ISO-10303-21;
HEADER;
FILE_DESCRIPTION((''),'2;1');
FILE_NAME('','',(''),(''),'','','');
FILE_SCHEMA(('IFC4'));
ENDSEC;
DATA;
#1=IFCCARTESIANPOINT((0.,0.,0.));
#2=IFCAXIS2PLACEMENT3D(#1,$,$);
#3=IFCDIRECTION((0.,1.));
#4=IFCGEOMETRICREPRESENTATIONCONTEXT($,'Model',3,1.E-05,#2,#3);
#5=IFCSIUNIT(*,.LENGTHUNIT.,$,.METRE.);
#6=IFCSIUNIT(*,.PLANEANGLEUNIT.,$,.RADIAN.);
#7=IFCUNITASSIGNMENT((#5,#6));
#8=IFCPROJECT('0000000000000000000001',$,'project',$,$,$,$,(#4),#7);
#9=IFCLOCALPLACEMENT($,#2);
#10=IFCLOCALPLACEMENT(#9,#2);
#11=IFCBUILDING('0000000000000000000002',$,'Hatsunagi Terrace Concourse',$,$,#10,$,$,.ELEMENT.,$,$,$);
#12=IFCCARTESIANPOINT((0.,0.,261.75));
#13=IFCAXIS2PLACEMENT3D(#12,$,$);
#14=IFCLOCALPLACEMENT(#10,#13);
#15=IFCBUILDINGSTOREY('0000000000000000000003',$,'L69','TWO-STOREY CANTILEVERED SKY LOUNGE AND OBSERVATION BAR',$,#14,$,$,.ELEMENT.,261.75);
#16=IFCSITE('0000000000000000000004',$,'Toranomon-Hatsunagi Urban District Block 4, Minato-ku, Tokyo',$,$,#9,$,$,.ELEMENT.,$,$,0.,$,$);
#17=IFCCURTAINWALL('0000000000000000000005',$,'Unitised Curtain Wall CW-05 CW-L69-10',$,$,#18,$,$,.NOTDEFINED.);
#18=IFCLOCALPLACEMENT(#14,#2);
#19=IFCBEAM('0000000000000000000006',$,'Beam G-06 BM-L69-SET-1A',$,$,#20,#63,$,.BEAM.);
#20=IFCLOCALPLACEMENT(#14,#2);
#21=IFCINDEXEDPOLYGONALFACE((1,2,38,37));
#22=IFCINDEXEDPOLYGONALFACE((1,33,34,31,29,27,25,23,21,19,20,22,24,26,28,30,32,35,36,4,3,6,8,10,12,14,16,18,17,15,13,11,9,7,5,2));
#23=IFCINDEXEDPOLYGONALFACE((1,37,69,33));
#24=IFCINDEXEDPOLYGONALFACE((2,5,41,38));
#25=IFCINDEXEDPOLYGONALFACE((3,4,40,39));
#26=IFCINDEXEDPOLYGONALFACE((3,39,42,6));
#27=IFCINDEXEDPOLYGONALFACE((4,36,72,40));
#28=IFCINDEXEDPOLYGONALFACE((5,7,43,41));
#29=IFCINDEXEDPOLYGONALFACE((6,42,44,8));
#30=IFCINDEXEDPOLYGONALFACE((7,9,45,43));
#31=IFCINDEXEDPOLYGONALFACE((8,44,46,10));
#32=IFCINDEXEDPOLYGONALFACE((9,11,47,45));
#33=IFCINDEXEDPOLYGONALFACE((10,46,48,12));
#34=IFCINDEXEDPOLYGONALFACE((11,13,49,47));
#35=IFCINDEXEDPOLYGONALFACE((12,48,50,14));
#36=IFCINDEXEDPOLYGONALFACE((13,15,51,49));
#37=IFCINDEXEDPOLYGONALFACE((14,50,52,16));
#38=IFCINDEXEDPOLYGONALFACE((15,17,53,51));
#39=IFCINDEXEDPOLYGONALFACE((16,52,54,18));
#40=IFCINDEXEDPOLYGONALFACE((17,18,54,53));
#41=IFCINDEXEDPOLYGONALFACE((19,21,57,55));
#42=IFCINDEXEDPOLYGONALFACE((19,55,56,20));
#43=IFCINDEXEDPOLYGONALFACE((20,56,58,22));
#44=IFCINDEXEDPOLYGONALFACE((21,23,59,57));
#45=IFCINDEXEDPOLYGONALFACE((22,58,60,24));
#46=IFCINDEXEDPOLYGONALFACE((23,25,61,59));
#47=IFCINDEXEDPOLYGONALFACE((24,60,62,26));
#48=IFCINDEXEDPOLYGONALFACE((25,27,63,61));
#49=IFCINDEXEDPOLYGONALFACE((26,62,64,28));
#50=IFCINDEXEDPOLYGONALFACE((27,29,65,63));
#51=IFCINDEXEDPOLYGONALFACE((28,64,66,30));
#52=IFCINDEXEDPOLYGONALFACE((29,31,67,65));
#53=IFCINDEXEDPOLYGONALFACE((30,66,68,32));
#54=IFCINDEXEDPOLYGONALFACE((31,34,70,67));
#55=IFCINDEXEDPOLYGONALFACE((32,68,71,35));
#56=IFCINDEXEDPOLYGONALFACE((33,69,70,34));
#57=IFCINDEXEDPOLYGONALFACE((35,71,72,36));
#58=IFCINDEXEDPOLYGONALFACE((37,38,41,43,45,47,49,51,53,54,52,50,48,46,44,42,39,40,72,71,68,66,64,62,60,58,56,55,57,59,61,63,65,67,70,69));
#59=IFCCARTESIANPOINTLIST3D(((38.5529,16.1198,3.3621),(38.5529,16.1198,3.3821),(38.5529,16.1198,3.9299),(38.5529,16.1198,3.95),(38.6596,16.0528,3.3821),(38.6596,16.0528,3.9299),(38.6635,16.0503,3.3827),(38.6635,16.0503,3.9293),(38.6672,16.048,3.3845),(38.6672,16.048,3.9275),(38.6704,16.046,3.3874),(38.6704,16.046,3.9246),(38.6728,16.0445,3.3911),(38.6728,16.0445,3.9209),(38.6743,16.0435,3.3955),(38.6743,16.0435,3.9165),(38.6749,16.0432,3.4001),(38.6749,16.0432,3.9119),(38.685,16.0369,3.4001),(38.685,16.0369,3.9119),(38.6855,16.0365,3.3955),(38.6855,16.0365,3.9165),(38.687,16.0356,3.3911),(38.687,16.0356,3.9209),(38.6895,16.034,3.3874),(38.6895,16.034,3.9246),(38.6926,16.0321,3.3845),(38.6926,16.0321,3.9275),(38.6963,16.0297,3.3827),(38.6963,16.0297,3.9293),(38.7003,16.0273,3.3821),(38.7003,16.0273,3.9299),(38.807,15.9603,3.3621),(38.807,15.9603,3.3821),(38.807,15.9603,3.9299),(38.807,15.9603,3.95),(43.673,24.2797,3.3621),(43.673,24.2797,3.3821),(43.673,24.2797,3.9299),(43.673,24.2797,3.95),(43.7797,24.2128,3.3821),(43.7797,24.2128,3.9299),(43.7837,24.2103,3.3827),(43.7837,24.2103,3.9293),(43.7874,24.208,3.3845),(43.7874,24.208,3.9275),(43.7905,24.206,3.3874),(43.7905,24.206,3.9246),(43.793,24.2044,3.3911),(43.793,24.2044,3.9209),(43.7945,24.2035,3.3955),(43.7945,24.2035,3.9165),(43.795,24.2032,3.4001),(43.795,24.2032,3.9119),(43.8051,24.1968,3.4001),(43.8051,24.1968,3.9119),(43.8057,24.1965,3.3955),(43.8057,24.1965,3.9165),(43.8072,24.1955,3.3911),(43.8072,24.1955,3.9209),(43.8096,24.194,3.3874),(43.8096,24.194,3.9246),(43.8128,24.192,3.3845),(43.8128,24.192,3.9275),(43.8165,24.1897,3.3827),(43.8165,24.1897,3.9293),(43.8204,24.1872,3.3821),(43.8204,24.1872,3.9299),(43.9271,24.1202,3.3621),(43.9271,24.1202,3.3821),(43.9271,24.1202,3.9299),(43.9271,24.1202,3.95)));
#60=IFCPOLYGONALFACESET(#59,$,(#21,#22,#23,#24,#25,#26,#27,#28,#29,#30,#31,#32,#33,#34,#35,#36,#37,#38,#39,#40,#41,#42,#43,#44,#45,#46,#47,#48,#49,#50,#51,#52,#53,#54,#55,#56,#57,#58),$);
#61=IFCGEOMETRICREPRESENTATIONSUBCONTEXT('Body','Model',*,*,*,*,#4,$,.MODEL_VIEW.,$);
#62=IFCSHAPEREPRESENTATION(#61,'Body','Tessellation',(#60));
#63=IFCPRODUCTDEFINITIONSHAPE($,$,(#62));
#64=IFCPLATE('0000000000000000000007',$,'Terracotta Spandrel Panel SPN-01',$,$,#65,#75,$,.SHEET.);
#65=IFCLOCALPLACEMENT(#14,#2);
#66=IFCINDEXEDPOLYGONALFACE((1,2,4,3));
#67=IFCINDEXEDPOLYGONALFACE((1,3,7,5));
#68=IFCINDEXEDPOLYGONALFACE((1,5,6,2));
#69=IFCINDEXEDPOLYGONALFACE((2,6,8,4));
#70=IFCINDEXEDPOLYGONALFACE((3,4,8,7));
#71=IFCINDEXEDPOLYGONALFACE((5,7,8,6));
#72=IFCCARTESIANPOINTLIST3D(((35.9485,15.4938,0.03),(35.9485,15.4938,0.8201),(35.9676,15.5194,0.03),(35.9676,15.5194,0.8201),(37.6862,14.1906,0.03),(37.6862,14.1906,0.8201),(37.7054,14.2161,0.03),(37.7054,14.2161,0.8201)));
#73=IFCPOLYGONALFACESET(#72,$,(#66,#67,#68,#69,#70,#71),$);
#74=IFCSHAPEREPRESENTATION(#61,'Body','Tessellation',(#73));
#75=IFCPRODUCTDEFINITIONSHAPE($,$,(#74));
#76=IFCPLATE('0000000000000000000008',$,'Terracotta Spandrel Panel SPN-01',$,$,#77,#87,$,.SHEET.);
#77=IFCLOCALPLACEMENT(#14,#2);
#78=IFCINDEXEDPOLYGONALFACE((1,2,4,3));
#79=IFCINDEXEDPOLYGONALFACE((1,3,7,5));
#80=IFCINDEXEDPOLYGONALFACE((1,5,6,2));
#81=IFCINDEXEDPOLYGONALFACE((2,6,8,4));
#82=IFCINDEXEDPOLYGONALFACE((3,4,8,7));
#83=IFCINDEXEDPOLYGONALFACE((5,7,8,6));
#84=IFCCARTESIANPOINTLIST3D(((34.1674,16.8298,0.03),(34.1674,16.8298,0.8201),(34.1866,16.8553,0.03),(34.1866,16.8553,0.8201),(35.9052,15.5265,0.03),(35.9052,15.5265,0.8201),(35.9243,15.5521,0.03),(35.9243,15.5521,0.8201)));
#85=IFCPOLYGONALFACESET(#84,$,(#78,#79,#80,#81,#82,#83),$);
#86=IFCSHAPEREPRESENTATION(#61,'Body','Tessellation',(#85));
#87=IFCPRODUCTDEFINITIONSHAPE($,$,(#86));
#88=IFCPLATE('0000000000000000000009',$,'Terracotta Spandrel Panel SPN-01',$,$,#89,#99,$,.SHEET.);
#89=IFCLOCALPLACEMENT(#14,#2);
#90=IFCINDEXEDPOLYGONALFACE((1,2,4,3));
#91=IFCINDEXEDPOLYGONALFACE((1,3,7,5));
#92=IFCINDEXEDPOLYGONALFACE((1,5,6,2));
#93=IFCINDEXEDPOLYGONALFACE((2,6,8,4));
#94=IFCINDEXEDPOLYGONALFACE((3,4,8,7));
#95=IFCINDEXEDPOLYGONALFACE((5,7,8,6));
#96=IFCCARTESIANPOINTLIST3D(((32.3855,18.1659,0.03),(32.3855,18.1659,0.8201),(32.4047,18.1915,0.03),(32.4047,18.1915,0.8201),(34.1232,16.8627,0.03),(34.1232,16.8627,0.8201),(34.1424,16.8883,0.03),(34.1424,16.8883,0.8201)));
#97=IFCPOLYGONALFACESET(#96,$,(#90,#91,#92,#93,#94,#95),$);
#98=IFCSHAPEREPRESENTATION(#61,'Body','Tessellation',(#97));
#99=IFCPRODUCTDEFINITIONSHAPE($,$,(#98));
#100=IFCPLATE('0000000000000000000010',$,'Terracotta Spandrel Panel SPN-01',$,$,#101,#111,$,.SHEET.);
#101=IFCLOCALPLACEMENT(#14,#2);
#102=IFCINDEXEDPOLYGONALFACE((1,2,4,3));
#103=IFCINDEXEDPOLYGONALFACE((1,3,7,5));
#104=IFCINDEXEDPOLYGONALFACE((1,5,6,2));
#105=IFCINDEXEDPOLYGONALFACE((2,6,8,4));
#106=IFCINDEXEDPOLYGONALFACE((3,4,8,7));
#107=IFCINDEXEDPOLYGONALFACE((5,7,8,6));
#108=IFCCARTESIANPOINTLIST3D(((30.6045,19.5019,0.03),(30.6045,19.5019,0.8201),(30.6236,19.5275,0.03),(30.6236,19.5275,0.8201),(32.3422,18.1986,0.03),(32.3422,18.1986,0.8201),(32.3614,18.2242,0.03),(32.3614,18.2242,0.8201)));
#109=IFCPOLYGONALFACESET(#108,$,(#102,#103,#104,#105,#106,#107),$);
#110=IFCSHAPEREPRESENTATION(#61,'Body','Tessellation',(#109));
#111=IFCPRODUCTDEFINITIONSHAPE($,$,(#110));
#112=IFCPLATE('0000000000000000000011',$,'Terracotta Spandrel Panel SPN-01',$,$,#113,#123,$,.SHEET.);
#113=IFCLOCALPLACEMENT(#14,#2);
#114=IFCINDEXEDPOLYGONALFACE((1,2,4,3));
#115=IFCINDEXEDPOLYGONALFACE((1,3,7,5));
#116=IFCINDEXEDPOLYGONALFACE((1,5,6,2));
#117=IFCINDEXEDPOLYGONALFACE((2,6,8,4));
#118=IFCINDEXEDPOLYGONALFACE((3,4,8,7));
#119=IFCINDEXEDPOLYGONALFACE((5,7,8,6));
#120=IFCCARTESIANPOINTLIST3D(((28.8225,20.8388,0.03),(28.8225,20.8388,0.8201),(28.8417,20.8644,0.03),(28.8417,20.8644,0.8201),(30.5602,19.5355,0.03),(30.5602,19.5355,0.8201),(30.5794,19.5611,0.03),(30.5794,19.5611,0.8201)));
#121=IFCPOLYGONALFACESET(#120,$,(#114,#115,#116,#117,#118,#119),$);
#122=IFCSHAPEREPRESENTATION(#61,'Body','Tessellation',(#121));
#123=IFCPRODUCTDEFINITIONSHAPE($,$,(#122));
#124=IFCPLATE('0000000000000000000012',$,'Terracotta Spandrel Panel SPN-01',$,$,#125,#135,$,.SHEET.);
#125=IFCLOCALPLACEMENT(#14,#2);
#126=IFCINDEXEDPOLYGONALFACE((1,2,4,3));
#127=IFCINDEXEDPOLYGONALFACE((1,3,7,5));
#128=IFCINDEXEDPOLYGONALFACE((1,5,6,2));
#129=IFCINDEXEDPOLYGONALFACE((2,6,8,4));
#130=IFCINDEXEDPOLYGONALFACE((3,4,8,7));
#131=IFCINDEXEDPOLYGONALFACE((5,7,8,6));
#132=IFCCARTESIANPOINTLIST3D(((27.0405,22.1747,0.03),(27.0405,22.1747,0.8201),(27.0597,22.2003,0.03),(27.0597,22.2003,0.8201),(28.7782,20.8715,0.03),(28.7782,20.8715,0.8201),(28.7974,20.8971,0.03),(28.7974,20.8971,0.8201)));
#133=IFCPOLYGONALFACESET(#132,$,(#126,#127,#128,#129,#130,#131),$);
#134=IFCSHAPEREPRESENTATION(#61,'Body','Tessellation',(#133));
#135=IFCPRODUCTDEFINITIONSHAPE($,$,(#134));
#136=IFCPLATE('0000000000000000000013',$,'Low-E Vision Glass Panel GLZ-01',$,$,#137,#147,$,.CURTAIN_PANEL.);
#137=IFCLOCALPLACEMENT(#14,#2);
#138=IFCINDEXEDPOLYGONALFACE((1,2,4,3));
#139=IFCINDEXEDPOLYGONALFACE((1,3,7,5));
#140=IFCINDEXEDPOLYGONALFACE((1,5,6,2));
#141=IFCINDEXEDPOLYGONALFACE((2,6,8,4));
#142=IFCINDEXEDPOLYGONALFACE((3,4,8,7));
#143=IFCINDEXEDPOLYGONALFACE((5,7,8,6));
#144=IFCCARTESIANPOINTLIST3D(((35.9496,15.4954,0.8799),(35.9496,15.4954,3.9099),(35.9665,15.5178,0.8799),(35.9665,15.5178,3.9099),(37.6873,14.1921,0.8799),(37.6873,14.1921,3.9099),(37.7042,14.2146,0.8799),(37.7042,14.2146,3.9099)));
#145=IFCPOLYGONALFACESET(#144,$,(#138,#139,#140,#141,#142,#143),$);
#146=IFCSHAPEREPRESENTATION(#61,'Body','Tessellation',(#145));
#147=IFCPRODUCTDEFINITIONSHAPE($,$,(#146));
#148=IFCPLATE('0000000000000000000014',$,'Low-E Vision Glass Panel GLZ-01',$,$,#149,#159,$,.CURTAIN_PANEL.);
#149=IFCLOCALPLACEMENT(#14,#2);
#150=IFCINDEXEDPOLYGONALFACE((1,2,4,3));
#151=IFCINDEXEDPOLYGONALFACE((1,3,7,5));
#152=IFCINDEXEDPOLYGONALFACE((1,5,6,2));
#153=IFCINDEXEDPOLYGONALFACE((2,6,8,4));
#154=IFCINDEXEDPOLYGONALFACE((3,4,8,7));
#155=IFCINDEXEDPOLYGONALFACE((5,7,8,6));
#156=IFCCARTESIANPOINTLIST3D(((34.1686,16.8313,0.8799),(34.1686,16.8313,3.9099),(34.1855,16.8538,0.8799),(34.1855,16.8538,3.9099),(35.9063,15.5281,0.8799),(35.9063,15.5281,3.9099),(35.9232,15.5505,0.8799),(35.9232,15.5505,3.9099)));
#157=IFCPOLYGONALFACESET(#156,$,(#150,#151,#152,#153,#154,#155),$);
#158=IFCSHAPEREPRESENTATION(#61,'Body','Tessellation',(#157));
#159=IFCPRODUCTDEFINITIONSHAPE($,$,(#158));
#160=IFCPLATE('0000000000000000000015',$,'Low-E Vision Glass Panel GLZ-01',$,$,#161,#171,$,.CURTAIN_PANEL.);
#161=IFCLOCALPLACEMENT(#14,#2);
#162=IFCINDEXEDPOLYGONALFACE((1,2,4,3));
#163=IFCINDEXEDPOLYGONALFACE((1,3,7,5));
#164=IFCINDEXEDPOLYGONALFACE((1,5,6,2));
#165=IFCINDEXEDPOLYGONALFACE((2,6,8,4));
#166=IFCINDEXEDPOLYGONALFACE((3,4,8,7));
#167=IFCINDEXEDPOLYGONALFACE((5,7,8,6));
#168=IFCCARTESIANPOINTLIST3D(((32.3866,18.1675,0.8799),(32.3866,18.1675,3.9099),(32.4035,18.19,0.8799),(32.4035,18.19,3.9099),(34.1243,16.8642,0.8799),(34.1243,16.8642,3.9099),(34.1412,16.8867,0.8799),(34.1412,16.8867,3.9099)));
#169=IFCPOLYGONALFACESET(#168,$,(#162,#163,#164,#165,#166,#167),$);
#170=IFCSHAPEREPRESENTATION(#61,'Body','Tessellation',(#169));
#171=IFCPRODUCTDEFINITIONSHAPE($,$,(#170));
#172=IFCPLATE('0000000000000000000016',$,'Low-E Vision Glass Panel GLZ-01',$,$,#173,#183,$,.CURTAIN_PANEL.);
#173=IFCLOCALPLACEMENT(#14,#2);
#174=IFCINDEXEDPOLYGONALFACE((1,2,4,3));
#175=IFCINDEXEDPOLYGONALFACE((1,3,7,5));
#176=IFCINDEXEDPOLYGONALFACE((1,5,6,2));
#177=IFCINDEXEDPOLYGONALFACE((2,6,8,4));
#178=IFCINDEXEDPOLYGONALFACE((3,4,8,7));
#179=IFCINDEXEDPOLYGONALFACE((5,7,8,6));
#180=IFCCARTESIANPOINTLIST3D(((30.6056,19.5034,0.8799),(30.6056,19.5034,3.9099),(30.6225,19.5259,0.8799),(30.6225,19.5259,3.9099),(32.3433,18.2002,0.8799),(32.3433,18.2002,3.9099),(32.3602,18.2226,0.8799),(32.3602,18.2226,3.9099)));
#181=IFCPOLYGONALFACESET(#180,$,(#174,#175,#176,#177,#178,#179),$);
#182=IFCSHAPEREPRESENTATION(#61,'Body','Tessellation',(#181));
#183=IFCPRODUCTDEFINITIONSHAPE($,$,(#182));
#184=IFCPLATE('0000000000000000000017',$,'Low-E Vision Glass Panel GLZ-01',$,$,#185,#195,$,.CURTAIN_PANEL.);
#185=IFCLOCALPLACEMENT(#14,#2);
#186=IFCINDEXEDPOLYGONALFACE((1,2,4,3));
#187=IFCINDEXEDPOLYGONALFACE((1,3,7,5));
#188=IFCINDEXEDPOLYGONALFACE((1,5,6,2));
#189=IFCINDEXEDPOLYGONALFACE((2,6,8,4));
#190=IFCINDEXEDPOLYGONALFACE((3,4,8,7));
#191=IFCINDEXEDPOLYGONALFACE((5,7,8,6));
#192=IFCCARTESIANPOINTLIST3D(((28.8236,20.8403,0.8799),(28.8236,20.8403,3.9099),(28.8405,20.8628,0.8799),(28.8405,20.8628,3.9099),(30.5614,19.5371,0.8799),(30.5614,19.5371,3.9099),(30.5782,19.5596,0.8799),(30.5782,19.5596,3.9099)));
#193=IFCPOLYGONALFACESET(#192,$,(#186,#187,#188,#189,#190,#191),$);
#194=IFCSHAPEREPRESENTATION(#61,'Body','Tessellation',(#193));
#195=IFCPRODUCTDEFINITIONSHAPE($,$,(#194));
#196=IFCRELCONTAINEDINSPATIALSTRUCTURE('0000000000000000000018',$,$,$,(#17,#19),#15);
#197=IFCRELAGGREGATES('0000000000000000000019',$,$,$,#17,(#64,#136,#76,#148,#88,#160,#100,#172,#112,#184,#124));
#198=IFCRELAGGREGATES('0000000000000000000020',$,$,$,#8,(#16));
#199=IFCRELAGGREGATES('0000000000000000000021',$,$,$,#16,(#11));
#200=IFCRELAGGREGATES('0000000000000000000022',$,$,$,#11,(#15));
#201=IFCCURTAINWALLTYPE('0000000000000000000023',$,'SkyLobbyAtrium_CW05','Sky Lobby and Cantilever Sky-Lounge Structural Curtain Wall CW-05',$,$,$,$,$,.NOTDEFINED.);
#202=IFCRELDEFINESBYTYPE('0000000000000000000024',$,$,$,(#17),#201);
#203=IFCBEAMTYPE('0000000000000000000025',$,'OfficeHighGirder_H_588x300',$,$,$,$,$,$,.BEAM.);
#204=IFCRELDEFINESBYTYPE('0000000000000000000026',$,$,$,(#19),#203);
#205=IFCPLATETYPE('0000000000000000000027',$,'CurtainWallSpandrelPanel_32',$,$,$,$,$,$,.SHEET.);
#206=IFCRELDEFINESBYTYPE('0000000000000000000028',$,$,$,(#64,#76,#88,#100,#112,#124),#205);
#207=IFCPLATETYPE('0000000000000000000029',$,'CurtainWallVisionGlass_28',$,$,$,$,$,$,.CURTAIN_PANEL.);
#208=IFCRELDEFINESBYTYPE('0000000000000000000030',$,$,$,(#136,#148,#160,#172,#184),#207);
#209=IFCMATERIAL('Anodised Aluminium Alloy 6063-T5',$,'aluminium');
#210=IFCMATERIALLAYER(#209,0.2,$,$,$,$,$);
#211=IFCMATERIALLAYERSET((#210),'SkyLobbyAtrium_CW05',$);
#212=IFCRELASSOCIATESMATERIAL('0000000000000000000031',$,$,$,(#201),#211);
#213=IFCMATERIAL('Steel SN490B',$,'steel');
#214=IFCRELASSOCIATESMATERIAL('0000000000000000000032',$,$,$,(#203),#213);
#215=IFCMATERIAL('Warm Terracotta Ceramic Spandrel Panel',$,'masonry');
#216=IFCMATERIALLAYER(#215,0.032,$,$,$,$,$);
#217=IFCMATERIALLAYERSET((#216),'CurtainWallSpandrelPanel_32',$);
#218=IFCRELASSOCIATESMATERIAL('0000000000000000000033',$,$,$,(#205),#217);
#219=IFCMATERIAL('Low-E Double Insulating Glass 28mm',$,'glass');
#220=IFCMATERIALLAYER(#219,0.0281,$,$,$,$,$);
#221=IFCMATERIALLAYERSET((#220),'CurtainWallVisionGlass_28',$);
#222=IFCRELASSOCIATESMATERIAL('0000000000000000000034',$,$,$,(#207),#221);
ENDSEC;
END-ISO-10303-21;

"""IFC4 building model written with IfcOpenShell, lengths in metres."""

from ifc_helpers import new_model, si_unit, direction, frame, origin, origin_2d, place, context, subcontext, project, spatial, rectangle, i_section, extrude, material, layer, layer_set, material_profile, profile_set, type_object, element, aggregate, save


model = new_model("IFC4")

# Units and contexts
model_context = context("Model", 3, precision=1e-05, world=origin(), true_north=direction((0.0, 1.0)))
body_context = subcontext(model_context, "Body", "Model", "MODEL_VIEW")
ifc_project = project(units=[si_unit("LENGTHUNIT", "METRE"), si_unit("PLANEANGLEUNIT", "RADIAN")], contexts=[model_context])

# Site, building, storey
site_placement = place(None, origin())
site = spatial("IfcSite", under=ifc_project, at=site_placement, Name="Toranomon-Hatsunagi Urban District Block 4, Minato-ku, Tokyo", CompositionType="ELEMENT", RefElevation=0.0)
building_placement = place(site_placement, origin())
building = spatial("IfcBuilding", under=site, at=building_placement, Name="Hatsunagi Terrace Concourse", CompositionType="ELEMENT")
storey_placement = place(building_placement, frame((0.0, 0.0, 261.75)))
storey = spatial("IfcBuildingStorey", under=building, at=storey_placement, Name="L69", Description="TWO-STOREY CANTILEVERED SKY LOUNGE AND OBSERVATION BAR", CompositionType="ELEMENT", Elevation=261.75)

# Curtain wall
ifc_material_1 = material(Name="Anodised Aluminium Alloy 6063-T5", Category="aluminium")
ifc_layer_1 = layer(ifc_material_1, 0.2)
ifc_layer_set_1 = layer_set([ifc_layer_1], Name="SkyLobbyAtrium_CW05")
curtain_wall_type = type_object("IfcCurtainWallType", Name="SkyLobbyAtrium_CW05", Description="Sky Lobby and Cantilever Sky-Lounge Structural Curtain Wall CW-05", PredefinedType="NOTDEFINED", material=ifc_layer_set_1)
curtain_wall_placement = place(storey_placement, origin())
curtain_wall = element("IfcCurtainWall", 1, at=curtain_wall_placement, inside=storey, type_object=curtain_wall_type, Name="Unitised Curtain Wall CW-05 CW-L69-10", PredefinedType="NOTDEFINED")

# Beam
ifc_material_2 = material(Name="Steel SN490B", Category="steel")
ifc_material_profile_1 = material_profile(ifc_material_2, i_section(OverallWidth=0.3, OverallDepth=0.5879, WebThickness=0.012, FlangeThickness=0.02, FilletRadius=0.0181, at=origin_2d()), Name="H-588x300x12x20")
ifc_profile_set_1 = profile_set([ifc_material_profile_1], Name="Steel SN490B")
beam_type = type_object("IfcBeamType", Name="OfficeHighGirder_H_588x300", PredefinedType="BEAM", material=ifc_profile_set_1)
beam_placement = place(storey_placement, frame((38.6799, 16.04, 3.656), z_axis=(0.531504, 0.847056, 0.0), x_axis=(-0.847056, 0.531504, 0.0)))
element("IfcBeam", 2, at=beam_placement, inside=storey, type_object=beam_type, Name="Beam G-06 BM-L69-SET-1A", PredefinedType="BEAM", context=body_context, shape_type="SweptSolid", body=[
    extrude(i_section(OverallWidth=0.3, OverallDepth=0.5879, WebThickness=0.012, FlangeThickness=0.02, FilletRadius=0.0181, at=origin_2d()), origin(), (0.0, 0.0, 1.0), 9.6333),
])

# Plates
ifc_material_3 = material(Name="Warm Terracotta Ceramic Spandrel Panel", Category="masonry")
ifc_layer_2 = layer(ifc_material_3, 0.032)
ifc_layer_set_2 = layer_set([ifc_layer_2], Name="CurtainWallSpandrelPanel_32")
plate_type_1 = type_object("IfcPlateType", Name="CurtainWallSpandrelPanel_32", PredefinedType="SHEET", material=ifc_layer_set_2)
plate_1_placement = place(storey_placement, frame((36.8269, 14.855, 0.03), z_axis=(0.0, 0.0, 1.0), x_axis=(-0.800007, 0.59999, 0.0)))
plate_1 = element("IfcPlate", 3, at=plate_1_placement, type_object=plate_type_1, Name="Terracotta Spandrel Panel SPN-01", PredefinedType="SHEET", context=body_context, shape_type="SweptSolid", body=[
    extrude(rectangle(XDim=2.1721, YDim=0.032, at=origin_2d()), origin(), (0.0, 0.0, 1.0), 0.79),
])
plate_2_placement = place(storey_placement, frame((35.0459, 16.1909, 0.03), z_axis=(0.0, 0.0, 1.0), x_axis=(-0.800007, 0.59999, 0.0)))
plate_2 = element("IfcPlate", 4, at=plate_2_placement, type_object=plate_type_1, Name="Terracotta Spandrel Panel SPN-01", PredefinedType="SHEET", context=body_context, shape_type="SweptSolid", body=[
    extrude(rectangle(XDim=2.1721, YDim=0.032, at=origin_2d()), origin(), (0.0, 0.0, 1.0), 0.79),
])
plate_3_placement = place(storey_placement, frame((33.2639, 17.5271, 0.03), z_axis=(0.0, 0.0, 1.0), x_axis=(-0.800007, 0.59999, 0.0)))
plate_3 = element("IfcPlate", 5, at=plate_3_placement, type_object=plate_type_1, Name="Terracotta Spandrel Panel SPN-01", PredefinedType="SHEET", context=body_context, shape_type="SweptSolid", body=[
    extrude(rectangle(XDim=2.1721, YDim=0.032, at=origin_2d()), origin(), (0.0, 0.0, 1.0), 0.79),
])
plate_4_placement = place(storey_placement, frame((31.4829, 18.863, 0.03), z_axis=(0.0, 0.0, 1.0), x_axis=(-0.800007, 0.59999, 0.0)))
plate_4 = element("IfcPlate", 6, at=plate_4_placement, type_object=plate_type_1, Name="Terracotta Spandrel Panel SPN-01", PredefinedType="SHEET", context=body_context, shape_type="SweptSolid", body=[
    extrude(rectangle(XDim=2.1721, YDim=0.032, at=origin_2d()), origin(), (0.0, 0.0, 1.0), 0.79),
])
plate_5_placement = place(storey_placement, frame((29.7009, 20.2, 0.03), z_axis=(0.0, 0.0, 1.0), x_axis=(-0.800007, 0.59999, 0.0)))
plate_5 = element("IfcPlate", 7, at=plate_5_placement, type_object=plate_type_1, Name="Terracotta Spandrel Panel SPN-01", PredefinedType="SHEET", context=body_context, shape_type="SweptSolid", body=[
    extrude(rectangle(XDim=2.1721, YDim=0.032, at=origin_2d()), origin(), (0.0, 0.0, 1.0), 0.79),
])
plate_6_placement = place(storey_placement, frame((27.9189, 21.5359, 0.03), z_axis=(0.0, 0.0, 1.0), x_axis=(-0.800007, 0.59999, 0.0)))
plate_6 = element("IfcPlate", 8, at=plate_6_placement, type_object=plate_type_1, Name="Terracotta Spandrel Panel SPN-01", PredefinedType="SHEET", context=body_context, shape_type="SweptSolid", body=[
    extrude(rectangle(XDim=2.1721, YDim=0.032, at=origin_2d()), origin(), (0.0, 0.0, 1.0), 0.79),
])
ifc_material_4 = material(Name="Low-E Double Insulating Glass 28mm", Category="glass")
ifc_layer_3 = layer(ifc_material_4, 0.0281)
ifc_layer_set_3 = layer_set([ifc_layer_3], Name="CurtainWallVisionGlass_28")
plate_type_2 = type_object("IfcPlateType", Name="CurtainWallVisionGlass_28", PredefinedType="CURTAIN_PANEL", material=ifc_layer_set_3)
plate_7_placement = place(storey_placement, frame((36.8269, 14.855, 0.8799), z_axis=(0.0, 0.0, 1.0), x_axis=(-0.800007, 0.59999, 0.0)))
plate_7 = element("IfcPlate", 9, at=plate_7_placement, type_object=plate_type_2, Name="Low-E Vision Glass Panel GLZ-01", PredefinedType="CURTAIN_PANEL", context=body_context, shape_type="SweptSolid", body=[
    extrude(rectangle(XDim=2.1721, YDim=0.0281, at=origin_2d()), origin(), (0.0, 0.0, 1.0), 3.03),
])
plate_8_placement = place(storey_placement, frame((35.0459, 16.1909, 0.8799), z_axis=(0.0, 0.0, 1.0), x_axis=(-0.800007, 0.59999, 0.0)))
plate_8 = element("IfcPlate", 10, at=plate_8_placement, type_object=plate_type_2, Name="Low-E Vision Glass Panel GLZ-01", PredefinedType="CURTAIN_PANEL", context=body_context, shape_type="SweptSolid", body=[
    extrude(rectangle(XDim=2.1721, YDim=0.0281, at=origin_2d()), origin(), (0.0, 0.0, 1.0), 3.03),
])
plate_9_placement = place(storey_placement, frame((33.2639, 17.5271, 0.8799), z_axis=(0.0, 0.0, 1.0), x_axis=(-0.800007, 0.59999, 0.0)))
plate_9 = element("IfcPlate", 11, at=plate_9_placement, type_object=plate_type_2, Name="Low-E Vision Glass Panel GLZ-01", PredefinedType="CURTAIN_PANEL", context=body_context, shape_type="SweptSolid", body=[
    extrude(rectangle(XDim=2.1721, YDim=0.0281, at=origin_2d()), origin(), (0.0, 0.0, 1.0), 3.03),
])
plate_10_placement = place(storey_placement, frame((31.4829, 18.863, 0.8799), z_axis=(0.0, 0.0, 1.0), x_axis=(-0.800007, 0.59999, 0.0)))
plate_10 = element("IfcPlate", 12, at=plate_10_placement, type_object=plate_type_2, Name="Low-E Vision Glass Panel GLZ-01", PredefinedType="CURTAIN_PANEL", context=body_context, shape_type="SweptSolid", body=[
    extrude(rectangle(XDim=2.1721, YDim=0.0281, at=origin_2d()), origin(), (0.0, 0.0, 1.0), 3.03),
])
plate_11_placement = place(storey_placement, frame((29.7009, 20.2, 0.8799), z_axis=(0.0, 0.0, 1.0), x_axis=(-0.800007, 0.59999, 0.0)))
plate_11 = element("IfcPlate", 13, at=plate_11_placement, type_object=plate_type_2, Name="Low-E Vision Glass Panel GLZ-01", PredefinedType="CURTAIN_PANEL", context=body_context, shape_type="SweptSolid", body=[
    extrude(rectangle(XDim=2.1721, YDim=0.0281, at=origin_2d()), origin(), (0.0, 0.0, 1.0), 3.03),
])
aggregate(curtain_wall, [plate_1, plate_7, plate_2, plate_8, plate_3, plate_9, plate_4, plate_10, plate_5, plate_11, plate_6])

save(model, "model.ifc")
